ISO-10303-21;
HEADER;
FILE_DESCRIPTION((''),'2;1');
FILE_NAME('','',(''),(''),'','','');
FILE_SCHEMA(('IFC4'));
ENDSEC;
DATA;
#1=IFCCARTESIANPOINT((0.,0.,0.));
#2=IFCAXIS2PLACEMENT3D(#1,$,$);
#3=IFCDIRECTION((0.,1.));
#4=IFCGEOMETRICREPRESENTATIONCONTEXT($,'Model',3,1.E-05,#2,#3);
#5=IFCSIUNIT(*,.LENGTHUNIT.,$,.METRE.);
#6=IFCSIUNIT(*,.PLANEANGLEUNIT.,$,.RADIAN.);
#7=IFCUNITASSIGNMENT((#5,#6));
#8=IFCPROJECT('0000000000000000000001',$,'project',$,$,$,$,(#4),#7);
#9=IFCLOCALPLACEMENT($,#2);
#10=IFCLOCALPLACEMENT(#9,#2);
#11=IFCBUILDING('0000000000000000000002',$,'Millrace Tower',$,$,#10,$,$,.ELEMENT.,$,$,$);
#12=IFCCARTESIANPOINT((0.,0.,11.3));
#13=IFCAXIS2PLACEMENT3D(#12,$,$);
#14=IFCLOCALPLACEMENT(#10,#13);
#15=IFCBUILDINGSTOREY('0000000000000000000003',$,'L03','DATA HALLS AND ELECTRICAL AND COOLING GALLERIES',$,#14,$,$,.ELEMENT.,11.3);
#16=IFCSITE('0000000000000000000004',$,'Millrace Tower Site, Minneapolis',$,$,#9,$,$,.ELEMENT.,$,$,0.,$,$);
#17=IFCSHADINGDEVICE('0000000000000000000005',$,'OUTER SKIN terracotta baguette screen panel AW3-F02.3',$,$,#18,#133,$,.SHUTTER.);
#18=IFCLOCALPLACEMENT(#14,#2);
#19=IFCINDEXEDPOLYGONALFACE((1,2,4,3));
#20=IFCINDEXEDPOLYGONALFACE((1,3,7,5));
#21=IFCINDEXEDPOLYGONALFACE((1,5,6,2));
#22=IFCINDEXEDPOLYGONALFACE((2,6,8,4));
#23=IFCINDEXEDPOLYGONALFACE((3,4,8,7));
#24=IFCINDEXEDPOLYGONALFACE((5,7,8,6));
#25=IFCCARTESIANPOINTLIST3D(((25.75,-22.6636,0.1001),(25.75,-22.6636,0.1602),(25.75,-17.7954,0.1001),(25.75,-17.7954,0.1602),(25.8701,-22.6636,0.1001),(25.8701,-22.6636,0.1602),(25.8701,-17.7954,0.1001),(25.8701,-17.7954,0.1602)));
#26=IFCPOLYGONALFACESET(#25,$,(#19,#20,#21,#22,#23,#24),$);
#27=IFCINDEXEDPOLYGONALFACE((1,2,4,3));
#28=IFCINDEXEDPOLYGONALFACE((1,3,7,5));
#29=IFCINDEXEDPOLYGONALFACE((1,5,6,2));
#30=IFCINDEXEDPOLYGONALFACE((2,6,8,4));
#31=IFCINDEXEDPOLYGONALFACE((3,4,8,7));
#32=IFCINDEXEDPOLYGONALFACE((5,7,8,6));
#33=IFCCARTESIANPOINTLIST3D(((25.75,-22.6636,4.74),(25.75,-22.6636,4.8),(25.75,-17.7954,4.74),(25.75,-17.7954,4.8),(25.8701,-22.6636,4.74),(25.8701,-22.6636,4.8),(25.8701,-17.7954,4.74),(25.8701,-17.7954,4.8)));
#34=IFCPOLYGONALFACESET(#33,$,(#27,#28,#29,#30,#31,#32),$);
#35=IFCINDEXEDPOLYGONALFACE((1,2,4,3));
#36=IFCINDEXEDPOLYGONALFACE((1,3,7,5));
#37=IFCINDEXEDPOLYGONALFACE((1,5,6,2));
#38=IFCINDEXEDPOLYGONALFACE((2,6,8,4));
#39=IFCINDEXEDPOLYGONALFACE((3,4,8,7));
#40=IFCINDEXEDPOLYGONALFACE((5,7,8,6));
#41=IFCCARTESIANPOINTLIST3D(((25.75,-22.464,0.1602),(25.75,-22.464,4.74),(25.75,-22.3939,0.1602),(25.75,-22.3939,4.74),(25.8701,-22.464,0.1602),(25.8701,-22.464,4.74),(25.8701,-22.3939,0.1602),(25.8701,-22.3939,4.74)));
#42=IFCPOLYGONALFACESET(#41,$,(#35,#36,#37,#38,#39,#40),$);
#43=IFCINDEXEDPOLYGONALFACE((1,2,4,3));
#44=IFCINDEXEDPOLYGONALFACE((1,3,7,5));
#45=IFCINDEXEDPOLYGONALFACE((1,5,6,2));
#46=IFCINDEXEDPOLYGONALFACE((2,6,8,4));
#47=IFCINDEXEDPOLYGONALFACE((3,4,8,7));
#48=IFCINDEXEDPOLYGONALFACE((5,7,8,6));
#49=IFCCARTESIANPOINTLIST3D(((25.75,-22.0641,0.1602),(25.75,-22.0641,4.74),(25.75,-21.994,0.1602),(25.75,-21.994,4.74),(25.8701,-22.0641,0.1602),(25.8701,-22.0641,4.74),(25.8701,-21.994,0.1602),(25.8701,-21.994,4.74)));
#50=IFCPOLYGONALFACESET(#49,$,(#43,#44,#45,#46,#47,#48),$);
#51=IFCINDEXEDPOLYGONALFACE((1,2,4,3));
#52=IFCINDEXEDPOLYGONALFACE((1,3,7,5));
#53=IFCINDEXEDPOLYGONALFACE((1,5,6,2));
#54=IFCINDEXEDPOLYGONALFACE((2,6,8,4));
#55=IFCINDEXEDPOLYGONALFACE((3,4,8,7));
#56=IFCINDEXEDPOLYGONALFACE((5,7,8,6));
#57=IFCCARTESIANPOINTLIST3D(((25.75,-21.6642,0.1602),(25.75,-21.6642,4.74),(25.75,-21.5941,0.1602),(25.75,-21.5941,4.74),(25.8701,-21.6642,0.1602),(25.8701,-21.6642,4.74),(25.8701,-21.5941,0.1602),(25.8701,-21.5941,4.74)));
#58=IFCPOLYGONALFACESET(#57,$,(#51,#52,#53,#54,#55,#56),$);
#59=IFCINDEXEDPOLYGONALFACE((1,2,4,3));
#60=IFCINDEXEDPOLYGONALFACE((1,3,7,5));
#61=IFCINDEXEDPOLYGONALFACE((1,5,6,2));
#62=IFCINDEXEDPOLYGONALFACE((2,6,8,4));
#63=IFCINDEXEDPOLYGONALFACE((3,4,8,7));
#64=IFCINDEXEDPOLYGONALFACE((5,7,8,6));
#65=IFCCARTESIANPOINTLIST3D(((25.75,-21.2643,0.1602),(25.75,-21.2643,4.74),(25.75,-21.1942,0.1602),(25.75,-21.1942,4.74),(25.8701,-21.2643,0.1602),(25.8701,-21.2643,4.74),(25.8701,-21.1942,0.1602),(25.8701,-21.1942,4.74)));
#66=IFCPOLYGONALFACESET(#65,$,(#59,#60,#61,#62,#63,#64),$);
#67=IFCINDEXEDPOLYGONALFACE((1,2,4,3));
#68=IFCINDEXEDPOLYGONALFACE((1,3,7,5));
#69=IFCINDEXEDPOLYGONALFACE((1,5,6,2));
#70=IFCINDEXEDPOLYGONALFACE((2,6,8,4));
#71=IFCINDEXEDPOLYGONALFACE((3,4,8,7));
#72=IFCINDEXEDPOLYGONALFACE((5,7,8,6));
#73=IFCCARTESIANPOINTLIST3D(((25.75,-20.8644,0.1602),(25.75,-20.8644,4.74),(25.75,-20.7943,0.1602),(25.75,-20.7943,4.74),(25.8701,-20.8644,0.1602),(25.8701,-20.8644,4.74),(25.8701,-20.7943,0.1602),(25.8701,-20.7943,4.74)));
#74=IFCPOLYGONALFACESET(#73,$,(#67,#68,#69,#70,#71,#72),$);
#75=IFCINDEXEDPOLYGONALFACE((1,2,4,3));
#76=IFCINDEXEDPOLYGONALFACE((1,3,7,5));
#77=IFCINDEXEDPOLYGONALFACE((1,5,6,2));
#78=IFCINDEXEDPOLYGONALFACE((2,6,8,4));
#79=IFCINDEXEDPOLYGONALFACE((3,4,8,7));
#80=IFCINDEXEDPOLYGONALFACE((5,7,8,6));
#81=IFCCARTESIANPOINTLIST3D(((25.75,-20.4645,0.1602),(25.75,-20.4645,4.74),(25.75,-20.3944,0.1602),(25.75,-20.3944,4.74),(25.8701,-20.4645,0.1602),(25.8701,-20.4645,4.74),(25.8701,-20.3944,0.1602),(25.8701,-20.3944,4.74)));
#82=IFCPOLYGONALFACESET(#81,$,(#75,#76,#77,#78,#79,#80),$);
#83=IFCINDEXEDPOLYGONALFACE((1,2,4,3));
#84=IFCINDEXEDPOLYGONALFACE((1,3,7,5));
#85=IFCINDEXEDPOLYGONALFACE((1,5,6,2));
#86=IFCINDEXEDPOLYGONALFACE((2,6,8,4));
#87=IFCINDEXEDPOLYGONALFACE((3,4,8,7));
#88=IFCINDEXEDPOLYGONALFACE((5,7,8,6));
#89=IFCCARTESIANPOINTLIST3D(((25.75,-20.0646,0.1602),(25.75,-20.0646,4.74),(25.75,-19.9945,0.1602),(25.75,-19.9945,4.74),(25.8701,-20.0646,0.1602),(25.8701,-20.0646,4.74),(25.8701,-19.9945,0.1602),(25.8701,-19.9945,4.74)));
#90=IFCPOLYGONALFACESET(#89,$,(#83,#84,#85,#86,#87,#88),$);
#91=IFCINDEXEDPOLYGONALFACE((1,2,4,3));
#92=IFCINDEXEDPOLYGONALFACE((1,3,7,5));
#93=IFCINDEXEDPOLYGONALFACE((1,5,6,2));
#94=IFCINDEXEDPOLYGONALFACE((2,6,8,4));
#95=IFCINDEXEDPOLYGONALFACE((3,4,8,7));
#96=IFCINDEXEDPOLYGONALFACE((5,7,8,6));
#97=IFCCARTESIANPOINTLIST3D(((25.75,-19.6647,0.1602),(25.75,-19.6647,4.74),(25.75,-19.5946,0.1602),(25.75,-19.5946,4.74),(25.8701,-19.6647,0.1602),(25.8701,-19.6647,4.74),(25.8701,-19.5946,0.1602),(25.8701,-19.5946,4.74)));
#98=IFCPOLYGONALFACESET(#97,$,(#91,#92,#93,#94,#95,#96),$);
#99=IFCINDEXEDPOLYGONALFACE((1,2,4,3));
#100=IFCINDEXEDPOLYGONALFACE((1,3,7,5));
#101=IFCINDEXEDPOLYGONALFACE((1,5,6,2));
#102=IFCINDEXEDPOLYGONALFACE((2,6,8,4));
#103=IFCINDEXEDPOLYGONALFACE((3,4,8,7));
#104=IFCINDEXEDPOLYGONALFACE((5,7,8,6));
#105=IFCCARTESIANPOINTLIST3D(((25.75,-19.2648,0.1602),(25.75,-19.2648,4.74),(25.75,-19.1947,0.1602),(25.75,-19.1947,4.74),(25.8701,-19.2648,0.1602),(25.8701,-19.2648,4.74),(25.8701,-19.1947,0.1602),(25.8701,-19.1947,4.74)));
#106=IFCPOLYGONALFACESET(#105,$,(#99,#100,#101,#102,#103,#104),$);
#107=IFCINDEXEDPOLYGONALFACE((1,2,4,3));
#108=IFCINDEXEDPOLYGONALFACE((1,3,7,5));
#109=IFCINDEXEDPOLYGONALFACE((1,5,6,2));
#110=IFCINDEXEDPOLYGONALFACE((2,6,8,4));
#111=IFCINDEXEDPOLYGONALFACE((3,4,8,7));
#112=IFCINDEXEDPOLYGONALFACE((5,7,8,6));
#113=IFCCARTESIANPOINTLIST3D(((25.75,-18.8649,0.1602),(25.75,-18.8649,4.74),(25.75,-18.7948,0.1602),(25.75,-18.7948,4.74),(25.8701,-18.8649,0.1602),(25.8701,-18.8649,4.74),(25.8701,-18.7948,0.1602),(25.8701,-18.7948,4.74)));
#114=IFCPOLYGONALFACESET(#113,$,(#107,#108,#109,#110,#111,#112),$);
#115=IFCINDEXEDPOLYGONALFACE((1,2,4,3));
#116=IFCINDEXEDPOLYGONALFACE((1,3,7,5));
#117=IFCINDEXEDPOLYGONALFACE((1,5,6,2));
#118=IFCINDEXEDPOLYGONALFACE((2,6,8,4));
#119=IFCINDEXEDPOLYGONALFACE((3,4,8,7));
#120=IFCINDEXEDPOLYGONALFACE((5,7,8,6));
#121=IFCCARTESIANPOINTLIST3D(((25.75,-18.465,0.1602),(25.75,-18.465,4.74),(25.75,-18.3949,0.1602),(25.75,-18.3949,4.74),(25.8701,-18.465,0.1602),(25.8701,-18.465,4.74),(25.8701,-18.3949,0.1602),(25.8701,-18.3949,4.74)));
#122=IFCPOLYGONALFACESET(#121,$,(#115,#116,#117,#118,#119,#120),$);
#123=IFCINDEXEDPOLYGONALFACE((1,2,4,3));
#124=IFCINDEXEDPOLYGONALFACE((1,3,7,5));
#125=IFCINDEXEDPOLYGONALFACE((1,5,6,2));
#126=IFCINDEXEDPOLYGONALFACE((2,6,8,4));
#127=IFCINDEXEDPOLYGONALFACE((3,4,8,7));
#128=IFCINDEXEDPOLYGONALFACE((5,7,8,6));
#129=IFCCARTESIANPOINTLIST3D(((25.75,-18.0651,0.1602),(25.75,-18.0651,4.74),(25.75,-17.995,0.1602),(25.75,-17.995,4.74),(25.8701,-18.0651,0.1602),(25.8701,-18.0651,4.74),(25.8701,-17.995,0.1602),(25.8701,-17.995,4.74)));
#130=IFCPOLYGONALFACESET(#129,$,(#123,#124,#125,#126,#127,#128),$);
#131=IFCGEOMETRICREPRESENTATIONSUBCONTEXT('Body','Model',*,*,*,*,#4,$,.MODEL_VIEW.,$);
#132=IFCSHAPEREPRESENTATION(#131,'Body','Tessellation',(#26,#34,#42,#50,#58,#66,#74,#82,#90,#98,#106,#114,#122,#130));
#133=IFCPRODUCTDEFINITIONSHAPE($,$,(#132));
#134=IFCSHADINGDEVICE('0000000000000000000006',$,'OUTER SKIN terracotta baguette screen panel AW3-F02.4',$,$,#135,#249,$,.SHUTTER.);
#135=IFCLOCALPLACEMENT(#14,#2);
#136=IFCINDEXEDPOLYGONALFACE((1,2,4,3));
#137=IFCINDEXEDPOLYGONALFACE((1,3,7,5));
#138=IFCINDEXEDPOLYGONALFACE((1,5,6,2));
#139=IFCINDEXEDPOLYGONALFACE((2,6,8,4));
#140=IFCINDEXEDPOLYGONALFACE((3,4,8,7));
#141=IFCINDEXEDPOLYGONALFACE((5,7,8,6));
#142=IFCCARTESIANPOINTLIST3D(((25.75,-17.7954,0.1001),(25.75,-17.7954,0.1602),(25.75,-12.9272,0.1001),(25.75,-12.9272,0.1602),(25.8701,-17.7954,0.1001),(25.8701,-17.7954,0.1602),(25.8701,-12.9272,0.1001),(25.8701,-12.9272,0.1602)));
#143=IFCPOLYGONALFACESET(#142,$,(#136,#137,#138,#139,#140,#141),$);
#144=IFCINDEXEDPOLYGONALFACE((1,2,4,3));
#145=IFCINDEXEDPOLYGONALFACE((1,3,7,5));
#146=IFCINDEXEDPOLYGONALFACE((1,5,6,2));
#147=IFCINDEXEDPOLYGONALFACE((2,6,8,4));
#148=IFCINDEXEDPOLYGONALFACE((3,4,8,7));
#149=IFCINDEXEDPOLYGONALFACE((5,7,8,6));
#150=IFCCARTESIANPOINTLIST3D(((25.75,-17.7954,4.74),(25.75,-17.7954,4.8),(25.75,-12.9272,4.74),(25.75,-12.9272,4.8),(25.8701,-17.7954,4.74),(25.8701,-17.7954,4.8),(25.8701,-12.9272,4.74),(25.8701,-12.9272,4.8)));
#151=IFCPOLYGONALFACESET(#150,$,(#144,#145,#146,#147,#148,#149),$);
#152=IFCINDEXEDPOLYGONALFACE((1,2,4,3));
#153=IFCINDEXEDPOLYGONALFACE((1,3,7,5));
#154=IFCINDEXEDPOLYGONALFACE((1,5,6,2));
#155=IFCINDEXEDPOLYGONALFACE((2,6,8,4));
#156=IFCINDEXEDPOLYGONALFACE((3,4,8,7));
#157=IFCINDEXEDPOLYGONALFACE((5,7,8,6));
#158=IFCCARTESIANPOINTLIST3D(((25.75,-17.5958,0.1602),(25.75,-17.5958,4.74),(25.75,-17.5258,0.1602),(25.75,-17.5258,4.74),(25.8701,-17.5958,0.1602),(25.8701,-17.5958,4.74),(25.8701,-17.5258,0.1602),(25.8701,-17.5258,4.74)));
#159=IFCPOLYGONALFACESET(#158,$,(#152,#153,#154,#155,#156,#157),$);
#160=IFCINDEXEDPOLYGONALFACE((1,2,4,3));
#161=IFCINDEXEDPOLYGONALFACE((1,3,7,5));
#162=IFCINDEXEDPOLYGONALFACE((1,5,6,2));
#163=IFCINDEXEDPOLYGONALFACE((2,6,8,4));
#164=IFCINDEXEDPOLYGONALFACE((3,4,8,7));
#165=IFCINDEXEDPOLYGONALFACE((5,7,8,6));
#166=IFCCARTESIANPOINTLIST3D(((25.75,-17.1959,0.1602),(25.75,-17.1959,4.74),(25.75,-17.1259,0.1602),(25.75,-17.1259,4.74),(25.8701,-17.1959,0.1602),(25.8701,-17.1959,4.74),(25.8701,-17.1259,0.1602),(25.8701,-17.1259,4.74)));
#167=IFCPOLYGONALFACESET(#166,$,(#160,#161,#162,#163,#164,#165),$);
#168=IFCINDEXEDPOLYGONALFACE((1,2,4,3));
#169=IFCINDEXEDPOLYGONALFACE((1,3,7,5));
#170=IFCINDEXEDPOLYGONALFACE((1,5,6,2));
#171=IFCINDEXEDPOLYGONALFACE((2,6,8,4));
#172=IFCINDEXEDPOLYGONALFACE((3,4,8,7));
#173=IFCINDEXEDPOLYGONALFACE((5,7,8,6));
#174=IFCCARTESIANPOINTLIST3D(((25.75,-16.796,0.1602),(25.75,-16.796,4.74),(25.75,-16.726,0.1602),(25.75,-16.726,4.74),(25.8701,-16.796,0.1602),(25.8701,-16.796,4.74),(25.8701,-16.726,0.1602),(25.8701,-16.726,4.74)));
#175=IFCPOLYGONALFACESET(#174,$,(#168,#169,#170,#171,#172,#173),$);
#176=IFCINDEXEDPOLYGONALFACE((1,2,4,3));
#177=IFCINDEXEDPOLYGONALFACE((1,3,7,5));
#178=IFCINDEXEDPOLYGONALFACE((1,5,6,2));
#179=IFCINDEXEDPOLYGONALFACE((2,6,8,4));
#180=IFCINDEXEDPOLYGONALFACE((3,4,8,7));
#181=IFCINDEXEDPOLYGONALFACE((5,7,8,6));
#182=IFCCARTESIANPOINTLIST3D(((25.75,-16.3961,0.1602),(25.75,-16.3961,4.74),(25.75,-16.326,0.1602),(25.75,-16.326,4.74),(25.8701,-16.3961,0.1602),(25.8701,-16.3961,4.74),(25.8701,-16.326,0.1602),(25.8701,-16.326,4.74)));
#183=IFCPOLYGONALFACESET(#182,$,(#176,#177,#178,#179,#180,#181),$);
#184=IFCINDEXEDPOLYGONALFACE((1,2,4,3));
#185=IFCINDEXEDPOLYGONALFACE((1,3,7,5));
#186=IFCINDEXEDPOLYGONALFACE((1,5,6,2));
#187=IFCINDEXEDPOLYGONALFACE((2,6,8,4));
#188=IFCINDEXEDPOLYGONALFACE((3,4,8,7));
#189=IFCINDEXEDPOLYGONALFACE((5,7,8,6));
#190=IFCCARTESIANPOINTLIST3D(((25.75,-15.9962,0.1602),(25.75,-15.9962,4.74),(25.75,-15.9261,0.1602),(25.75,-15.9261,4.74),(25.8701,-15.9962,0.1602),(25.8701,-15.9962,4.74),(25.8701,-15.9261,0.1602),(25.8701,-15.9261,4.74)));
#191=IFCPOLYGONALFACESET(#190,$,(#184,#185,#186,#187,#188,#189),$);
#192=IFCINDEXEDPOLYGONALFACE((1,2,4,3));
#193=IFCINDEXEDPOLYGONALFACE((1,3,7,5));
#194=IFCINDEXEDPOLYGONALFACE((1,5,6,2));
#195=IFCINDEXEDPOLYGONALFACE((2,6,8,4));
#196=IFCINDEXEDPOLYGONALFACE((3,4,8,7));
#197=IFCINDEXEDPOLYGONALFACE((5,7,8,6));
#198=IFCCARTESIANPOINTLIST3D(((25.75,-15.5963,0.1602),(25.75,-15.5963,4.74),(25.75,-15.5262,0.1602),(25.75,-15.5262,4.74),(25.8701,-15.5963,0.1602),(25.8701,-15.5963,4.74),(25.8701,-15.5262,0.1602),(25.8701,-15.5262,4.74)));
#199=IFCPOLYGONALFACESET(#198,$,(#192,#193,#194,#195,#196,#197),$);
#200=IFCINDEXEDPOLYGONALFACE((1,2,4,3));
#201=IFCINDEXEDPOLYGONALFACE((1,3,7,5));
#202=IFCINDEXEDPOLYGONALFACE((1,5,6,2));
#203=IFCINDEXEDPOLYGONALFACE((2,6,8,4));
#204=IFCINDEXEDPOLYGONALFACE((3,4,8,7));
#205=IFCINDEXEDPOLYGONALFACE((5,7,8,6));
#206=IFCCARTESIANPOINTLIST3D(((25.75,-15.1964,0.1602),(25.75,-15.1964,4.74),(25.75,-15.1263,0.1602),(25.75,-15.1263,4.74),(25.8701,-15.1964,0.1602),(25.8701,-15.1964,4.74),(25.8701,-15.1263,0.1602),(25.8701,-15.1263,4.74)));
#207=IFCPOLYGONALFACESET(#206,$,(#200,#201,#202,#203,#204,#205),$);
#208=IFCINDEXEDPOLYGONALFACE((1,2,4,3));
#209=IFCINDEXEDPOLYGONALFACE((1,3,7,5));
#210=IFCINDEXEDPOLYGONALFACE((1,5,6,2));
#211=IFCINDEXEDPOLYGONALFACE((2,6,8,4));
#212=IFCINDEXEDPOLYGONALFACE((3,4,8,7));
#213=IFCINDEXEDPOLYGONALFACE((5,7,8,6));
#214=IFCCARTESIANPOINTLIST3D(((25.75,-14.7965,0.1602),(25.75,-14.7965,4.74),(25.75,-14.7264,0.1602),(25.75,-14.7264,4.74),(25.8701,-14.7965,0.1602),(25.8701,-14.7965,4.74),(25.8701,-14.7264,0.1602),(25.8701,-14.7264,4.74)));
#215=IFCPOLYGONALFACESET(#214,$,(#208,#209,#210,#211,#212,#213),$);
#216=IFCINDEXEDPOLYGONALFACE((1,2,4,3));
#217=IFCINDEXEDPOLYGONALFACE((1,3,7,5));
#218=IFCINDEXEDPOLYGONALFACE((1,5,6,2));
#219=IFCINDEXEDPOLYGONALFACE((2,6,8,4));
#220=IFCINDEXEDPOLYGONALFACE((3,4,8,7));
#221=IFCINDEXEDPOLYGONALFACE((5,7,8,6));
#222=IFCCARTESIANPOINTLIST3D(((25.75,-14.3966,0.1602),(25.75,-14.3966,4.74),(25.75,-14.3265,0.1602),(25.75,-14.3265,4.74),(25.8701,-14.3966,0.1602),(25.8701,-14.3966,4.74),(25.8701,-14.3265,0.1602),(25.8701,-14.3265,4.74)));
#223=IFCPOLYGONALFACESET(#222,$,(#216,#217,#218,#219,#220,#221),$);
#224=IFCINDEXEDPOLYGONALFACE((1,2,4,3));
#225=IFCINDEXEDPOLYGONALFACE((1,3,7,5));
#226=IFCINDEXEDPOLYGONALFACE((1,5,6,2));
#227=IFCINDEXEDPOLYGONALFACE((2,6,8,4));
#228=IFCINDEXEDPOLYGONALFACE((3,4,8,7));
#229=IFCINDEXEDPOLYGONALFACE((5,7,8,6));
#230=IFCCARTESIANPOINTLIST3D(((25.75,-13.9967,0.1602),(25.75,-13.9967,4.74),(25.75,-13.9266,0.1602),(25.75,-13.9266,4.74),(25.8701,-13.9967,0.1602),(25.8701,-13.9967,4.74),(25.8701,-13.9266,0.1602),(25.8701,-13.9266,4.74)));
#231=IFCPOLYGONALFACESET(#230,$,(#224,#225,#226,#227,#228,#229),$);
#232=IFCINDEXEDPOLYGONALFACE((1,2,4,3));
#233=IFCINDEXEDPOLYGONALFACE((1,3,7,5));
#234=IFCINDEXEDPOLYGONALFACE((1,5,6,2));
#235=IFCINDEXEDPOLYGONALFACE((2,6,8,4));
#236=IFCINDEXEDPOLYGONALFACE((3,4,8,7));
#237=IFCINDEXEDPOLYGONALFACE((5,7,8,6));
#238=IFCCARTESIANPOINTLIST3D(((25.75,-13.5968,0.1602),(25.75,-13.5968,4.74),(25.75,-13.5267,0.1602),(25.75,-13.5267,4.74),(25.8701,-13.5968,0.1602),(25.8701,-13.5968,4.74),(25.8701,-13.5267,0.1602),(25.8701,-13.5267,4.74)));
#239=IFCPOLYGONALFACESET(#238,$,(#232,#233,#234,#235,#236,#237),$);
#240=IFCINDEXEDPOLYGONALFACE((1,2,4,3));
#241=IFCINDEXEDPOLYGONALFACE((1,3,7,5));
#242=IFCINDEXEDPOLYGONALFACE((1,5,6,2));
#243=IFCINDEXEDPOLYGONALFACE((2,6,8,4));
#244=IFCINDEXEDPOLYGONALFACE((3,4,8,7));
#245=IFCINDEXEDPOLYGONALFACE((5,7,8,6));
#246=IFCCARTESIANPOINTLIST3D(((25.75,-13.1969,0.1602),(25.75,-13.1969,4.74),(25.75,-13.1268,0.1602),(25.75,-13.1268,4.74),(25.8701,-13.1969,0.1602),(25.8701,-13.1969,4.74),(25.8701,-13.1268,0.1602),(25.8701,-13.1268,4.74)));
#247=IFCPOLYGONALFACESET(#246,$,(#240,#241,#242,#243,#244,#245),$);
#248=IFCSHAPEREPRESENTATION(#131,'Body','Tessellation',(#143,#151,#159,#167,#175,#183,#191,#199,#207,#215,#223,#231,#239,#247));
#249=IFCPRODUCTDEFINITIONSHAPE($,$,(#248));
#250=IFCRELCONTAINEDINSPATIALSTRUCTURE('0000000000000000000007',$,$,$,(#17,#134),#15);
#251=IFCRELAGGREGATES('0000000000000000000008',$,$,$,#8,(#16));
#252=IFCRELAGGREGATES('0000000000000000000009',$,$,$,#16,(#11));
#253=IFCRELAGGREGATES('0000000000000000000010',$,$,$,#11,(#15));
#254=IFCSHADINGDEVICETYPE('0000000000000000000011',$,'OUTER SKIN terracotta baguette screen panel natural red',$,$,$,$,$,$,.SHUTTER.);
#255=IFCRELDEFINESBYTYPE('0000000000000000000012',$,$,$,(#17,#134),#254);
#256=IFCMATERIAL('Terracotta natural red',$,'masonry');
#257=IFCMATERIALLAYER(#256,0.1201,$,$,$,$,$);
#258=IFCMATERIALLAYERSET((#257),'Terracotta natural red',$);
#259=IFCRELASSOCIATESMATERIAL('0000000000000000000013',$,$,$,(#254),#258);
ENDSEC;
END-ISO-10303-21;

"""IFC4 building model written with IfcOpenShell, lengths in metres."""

from ifc_helpers import new_model, entity, si_unit, direction, frame, frame_2d, origin, place, context, subcontext, project, spatial, rectangle, extrude, source, transform, mapped, material, layer, layer_set, type_object, element, save


model = new_model("IFC4")

# Units and contexts
model_context = context("Model", 3, precision=1e-05, world=origin(), true_north=direction((0.0, 1.0)))
body_context = subcontext(model_context, "Body", "Model", "MODEL_VIEW")
ifc_project = project(units=[si_unit("LENGTHUNIT", "METRE"), si_unit("PLANEANGLEUNIT", "RADIAN")], contexts=[model_context])

# Site, building, storey
site_placement = place(None, origin())
site = spatial("IfcSite", under=ifc_project, at=site_placement, Name="Millrace Tower Site, Minneapolis", CompositionType="ELEMENT", RefElevation=0.0)
building_placement = place(site_placement, origin())
building = spatial("IfcBuilding", under=site, at=building_placement, Name="Millrace Tower", CompositionType="ELEMENT")
storey_placement = place(building_placement, frame((0.0, 0.0, 11.3)))
storey = spatial("IfcBuildingStorey", under=building, at=storey_placement, Name="L03", Description="DATA HALLS AND ELECTRICAL AND COOLING GALLERIES", CompositionType="ELEMENT", Elevation=11.3)

# Shading devices
cartesian_point = entity("IfcCartesianPoint", [-2.4341, 0.0601])
shared_polyline = entity("IfcPolyline", [cartesian_point, entity("IfcCartesianPoint", [2.4341, 0.0601]), entity("IfcCartesianPoint", [2.4341, -0.0601]), entity("IfcCartesianPoint", [-2.4341, -0.0601]), cartesian_point])
ifc_material_1 = material(Name="Terracotta natural red", Category="masonry")
ifc_layer_1 = layer(ifc_material_1, 0.1201)
ifc_layer_set_1 = layer_set([ifc_layer_1], Name="Terracotta natural red")
shading_device_type_1 = type_object("IfcShadingDeviceType", Name="OUTER SKIN terracotta baguette screen panel natural red", PredefinedType="SHUTTER", material=ifc_layer_set_1)
shared_shape_1 = source(origin(), body_context, "Body", "SweptSolid", [
    entity("IfcExtrudedAreaSolid", entity("IfcArbitraryClosedProfileDef", "AREA", None, shared_polyline), entity("IfcAxis2Placement3D", entity("IfcCartesianPoint", [0.0, 0.0, 0.0])), entity("IfcDirection", [0.0, 0.0, 1.0]), 0.0601),
    entity("IfcExtrudedAreaSolid", entity("IfcArbitraryClosedProfileDef", "AREA", None, shared_polyline), entity("IfcAxis2Placement3D", entity("IfcCartesianPoint", [0.0, 0.0, 4.6399])), entity("IfcDirection", [0.0, 0.0, 1.0]), 0.0601),
    extrude(rectangle(XDim=0.0701, YDim=0.1201, at=frame_2d((-2.1995, 0.0))), frame((0.0, 0.0, 0.0601)), (0.0, 0.0, 1.0), 4.5798),
    extrude(rectangle(XDim=0.0701, YDim=0.1201, at=frame_2d((-1.7996, 0.0))), frame((0.0, 0.0, 0.0601)), (0.0, 0.0, 1.0), 4.5798),
    extrude(rectangle(XDim=0.0701, YDim=0.1201, at=frame_2d((-1.3997, 0.0))), frame((0.0, 0.0, 0.0601)), (0.0, 0.0, 1.0), 4.5798),
    extrude(rectangle(XDim=0.0701, YDim=0.1201, at=frame_2d((-0.9998, 0.0))), frame((0.0, 0.0, 0.0601)), (0.0, 0.0, 1.0), 4.5798),
    extrude(rectangle(XDim=0.0701, YDim=0.1201, at=frame_2d((-0.5999, 0.0))), frame((0.0, 0.0, 0.0601)), (0.0, 0.0, 1.0), 4.5798),
    extrude(rectangle(XDim=0.0701, YDim=0.1201, at=frame_2d((-0.2, 0.0))), frame((0.0, 0.0, 0.0601)), (0.0, 0.0, 1.0), 4.5798),
    extrude(rectangle(XDim=0.0701, YDim=0.1201, at=frame_2d((0.2, 0.0))), frame((0.0, 0.0, 0.0601)), (0.0, 0.0, 1.0), 4.5798),
    extrude(rectangle(XDim=0.0701, YDim=0.1201, at=frame_2d((0.5999, 0.0))), frame((0.0, 0.0, 0.0601)), (0.0, 0.0, 1.0), 4.5798),
    extrude(rectangle(XDim=0.0701, YDim=0.1201, at=frame_2d((0.9998, 0.0))), frame((0.0, 0.0, 0.0601)), (0.0, 0.0, 1.0), 4.5798),
    extrude(rectangle(XDim=0.0701, YDim=0.1201, at=frame_2d((1.3997, 0.0))), frame((0.0, 0.0, 0.0601)), (0.0, 0.0, 1.0), 4.5798),
    extrude(rectangle(XDim=0.0701, YDim=0.1201, at=frame_2d((1.7996, 0.0))), frame((0.0, 0.0, 0.0601)), (0.0, 0.0, 1.0), 4.5798),
    extrude(rectangle(XDim=0.0701, YDim=0.1201, at=frame_2d((2.1995, 0.0))), frame((0.0, 0.0, 0.0601)), (0.0, 0.0, 1.0), 4.5798),
])
for number, where, z_axis, x_axis, name in (
    (1, (25.8101, -20.2295, 0.1001), (0.0, 0.0, 1.0), (0.0, 1.0, 0.0), "OUTER SKIN terracotta baguette screen panel AW3-F02.3"),
    (2, (25.8101, -15.3613, 0.1001), (0.0, 0.0, 1.0), (0.0, 1.0, 0.0), "OUTER SKIN terracotta baguette screen panel AW3-F02.4"),
):
    element("IfcShadingDevice", number, at=place(storey_placement, frame(where, z_axis=z_axis, x_axis=x_axis)), inside=storey, type_object=shading_device_type_1, Name=name, PredefinedType="SHUTTER", context=body_context, shape_type="MappedRepresentation", body=[
        mapped(shared_shape_1, transform((0.0, 0.0, 0.0), scale=1.0)),
    ])

save(model, "model.ifc")
